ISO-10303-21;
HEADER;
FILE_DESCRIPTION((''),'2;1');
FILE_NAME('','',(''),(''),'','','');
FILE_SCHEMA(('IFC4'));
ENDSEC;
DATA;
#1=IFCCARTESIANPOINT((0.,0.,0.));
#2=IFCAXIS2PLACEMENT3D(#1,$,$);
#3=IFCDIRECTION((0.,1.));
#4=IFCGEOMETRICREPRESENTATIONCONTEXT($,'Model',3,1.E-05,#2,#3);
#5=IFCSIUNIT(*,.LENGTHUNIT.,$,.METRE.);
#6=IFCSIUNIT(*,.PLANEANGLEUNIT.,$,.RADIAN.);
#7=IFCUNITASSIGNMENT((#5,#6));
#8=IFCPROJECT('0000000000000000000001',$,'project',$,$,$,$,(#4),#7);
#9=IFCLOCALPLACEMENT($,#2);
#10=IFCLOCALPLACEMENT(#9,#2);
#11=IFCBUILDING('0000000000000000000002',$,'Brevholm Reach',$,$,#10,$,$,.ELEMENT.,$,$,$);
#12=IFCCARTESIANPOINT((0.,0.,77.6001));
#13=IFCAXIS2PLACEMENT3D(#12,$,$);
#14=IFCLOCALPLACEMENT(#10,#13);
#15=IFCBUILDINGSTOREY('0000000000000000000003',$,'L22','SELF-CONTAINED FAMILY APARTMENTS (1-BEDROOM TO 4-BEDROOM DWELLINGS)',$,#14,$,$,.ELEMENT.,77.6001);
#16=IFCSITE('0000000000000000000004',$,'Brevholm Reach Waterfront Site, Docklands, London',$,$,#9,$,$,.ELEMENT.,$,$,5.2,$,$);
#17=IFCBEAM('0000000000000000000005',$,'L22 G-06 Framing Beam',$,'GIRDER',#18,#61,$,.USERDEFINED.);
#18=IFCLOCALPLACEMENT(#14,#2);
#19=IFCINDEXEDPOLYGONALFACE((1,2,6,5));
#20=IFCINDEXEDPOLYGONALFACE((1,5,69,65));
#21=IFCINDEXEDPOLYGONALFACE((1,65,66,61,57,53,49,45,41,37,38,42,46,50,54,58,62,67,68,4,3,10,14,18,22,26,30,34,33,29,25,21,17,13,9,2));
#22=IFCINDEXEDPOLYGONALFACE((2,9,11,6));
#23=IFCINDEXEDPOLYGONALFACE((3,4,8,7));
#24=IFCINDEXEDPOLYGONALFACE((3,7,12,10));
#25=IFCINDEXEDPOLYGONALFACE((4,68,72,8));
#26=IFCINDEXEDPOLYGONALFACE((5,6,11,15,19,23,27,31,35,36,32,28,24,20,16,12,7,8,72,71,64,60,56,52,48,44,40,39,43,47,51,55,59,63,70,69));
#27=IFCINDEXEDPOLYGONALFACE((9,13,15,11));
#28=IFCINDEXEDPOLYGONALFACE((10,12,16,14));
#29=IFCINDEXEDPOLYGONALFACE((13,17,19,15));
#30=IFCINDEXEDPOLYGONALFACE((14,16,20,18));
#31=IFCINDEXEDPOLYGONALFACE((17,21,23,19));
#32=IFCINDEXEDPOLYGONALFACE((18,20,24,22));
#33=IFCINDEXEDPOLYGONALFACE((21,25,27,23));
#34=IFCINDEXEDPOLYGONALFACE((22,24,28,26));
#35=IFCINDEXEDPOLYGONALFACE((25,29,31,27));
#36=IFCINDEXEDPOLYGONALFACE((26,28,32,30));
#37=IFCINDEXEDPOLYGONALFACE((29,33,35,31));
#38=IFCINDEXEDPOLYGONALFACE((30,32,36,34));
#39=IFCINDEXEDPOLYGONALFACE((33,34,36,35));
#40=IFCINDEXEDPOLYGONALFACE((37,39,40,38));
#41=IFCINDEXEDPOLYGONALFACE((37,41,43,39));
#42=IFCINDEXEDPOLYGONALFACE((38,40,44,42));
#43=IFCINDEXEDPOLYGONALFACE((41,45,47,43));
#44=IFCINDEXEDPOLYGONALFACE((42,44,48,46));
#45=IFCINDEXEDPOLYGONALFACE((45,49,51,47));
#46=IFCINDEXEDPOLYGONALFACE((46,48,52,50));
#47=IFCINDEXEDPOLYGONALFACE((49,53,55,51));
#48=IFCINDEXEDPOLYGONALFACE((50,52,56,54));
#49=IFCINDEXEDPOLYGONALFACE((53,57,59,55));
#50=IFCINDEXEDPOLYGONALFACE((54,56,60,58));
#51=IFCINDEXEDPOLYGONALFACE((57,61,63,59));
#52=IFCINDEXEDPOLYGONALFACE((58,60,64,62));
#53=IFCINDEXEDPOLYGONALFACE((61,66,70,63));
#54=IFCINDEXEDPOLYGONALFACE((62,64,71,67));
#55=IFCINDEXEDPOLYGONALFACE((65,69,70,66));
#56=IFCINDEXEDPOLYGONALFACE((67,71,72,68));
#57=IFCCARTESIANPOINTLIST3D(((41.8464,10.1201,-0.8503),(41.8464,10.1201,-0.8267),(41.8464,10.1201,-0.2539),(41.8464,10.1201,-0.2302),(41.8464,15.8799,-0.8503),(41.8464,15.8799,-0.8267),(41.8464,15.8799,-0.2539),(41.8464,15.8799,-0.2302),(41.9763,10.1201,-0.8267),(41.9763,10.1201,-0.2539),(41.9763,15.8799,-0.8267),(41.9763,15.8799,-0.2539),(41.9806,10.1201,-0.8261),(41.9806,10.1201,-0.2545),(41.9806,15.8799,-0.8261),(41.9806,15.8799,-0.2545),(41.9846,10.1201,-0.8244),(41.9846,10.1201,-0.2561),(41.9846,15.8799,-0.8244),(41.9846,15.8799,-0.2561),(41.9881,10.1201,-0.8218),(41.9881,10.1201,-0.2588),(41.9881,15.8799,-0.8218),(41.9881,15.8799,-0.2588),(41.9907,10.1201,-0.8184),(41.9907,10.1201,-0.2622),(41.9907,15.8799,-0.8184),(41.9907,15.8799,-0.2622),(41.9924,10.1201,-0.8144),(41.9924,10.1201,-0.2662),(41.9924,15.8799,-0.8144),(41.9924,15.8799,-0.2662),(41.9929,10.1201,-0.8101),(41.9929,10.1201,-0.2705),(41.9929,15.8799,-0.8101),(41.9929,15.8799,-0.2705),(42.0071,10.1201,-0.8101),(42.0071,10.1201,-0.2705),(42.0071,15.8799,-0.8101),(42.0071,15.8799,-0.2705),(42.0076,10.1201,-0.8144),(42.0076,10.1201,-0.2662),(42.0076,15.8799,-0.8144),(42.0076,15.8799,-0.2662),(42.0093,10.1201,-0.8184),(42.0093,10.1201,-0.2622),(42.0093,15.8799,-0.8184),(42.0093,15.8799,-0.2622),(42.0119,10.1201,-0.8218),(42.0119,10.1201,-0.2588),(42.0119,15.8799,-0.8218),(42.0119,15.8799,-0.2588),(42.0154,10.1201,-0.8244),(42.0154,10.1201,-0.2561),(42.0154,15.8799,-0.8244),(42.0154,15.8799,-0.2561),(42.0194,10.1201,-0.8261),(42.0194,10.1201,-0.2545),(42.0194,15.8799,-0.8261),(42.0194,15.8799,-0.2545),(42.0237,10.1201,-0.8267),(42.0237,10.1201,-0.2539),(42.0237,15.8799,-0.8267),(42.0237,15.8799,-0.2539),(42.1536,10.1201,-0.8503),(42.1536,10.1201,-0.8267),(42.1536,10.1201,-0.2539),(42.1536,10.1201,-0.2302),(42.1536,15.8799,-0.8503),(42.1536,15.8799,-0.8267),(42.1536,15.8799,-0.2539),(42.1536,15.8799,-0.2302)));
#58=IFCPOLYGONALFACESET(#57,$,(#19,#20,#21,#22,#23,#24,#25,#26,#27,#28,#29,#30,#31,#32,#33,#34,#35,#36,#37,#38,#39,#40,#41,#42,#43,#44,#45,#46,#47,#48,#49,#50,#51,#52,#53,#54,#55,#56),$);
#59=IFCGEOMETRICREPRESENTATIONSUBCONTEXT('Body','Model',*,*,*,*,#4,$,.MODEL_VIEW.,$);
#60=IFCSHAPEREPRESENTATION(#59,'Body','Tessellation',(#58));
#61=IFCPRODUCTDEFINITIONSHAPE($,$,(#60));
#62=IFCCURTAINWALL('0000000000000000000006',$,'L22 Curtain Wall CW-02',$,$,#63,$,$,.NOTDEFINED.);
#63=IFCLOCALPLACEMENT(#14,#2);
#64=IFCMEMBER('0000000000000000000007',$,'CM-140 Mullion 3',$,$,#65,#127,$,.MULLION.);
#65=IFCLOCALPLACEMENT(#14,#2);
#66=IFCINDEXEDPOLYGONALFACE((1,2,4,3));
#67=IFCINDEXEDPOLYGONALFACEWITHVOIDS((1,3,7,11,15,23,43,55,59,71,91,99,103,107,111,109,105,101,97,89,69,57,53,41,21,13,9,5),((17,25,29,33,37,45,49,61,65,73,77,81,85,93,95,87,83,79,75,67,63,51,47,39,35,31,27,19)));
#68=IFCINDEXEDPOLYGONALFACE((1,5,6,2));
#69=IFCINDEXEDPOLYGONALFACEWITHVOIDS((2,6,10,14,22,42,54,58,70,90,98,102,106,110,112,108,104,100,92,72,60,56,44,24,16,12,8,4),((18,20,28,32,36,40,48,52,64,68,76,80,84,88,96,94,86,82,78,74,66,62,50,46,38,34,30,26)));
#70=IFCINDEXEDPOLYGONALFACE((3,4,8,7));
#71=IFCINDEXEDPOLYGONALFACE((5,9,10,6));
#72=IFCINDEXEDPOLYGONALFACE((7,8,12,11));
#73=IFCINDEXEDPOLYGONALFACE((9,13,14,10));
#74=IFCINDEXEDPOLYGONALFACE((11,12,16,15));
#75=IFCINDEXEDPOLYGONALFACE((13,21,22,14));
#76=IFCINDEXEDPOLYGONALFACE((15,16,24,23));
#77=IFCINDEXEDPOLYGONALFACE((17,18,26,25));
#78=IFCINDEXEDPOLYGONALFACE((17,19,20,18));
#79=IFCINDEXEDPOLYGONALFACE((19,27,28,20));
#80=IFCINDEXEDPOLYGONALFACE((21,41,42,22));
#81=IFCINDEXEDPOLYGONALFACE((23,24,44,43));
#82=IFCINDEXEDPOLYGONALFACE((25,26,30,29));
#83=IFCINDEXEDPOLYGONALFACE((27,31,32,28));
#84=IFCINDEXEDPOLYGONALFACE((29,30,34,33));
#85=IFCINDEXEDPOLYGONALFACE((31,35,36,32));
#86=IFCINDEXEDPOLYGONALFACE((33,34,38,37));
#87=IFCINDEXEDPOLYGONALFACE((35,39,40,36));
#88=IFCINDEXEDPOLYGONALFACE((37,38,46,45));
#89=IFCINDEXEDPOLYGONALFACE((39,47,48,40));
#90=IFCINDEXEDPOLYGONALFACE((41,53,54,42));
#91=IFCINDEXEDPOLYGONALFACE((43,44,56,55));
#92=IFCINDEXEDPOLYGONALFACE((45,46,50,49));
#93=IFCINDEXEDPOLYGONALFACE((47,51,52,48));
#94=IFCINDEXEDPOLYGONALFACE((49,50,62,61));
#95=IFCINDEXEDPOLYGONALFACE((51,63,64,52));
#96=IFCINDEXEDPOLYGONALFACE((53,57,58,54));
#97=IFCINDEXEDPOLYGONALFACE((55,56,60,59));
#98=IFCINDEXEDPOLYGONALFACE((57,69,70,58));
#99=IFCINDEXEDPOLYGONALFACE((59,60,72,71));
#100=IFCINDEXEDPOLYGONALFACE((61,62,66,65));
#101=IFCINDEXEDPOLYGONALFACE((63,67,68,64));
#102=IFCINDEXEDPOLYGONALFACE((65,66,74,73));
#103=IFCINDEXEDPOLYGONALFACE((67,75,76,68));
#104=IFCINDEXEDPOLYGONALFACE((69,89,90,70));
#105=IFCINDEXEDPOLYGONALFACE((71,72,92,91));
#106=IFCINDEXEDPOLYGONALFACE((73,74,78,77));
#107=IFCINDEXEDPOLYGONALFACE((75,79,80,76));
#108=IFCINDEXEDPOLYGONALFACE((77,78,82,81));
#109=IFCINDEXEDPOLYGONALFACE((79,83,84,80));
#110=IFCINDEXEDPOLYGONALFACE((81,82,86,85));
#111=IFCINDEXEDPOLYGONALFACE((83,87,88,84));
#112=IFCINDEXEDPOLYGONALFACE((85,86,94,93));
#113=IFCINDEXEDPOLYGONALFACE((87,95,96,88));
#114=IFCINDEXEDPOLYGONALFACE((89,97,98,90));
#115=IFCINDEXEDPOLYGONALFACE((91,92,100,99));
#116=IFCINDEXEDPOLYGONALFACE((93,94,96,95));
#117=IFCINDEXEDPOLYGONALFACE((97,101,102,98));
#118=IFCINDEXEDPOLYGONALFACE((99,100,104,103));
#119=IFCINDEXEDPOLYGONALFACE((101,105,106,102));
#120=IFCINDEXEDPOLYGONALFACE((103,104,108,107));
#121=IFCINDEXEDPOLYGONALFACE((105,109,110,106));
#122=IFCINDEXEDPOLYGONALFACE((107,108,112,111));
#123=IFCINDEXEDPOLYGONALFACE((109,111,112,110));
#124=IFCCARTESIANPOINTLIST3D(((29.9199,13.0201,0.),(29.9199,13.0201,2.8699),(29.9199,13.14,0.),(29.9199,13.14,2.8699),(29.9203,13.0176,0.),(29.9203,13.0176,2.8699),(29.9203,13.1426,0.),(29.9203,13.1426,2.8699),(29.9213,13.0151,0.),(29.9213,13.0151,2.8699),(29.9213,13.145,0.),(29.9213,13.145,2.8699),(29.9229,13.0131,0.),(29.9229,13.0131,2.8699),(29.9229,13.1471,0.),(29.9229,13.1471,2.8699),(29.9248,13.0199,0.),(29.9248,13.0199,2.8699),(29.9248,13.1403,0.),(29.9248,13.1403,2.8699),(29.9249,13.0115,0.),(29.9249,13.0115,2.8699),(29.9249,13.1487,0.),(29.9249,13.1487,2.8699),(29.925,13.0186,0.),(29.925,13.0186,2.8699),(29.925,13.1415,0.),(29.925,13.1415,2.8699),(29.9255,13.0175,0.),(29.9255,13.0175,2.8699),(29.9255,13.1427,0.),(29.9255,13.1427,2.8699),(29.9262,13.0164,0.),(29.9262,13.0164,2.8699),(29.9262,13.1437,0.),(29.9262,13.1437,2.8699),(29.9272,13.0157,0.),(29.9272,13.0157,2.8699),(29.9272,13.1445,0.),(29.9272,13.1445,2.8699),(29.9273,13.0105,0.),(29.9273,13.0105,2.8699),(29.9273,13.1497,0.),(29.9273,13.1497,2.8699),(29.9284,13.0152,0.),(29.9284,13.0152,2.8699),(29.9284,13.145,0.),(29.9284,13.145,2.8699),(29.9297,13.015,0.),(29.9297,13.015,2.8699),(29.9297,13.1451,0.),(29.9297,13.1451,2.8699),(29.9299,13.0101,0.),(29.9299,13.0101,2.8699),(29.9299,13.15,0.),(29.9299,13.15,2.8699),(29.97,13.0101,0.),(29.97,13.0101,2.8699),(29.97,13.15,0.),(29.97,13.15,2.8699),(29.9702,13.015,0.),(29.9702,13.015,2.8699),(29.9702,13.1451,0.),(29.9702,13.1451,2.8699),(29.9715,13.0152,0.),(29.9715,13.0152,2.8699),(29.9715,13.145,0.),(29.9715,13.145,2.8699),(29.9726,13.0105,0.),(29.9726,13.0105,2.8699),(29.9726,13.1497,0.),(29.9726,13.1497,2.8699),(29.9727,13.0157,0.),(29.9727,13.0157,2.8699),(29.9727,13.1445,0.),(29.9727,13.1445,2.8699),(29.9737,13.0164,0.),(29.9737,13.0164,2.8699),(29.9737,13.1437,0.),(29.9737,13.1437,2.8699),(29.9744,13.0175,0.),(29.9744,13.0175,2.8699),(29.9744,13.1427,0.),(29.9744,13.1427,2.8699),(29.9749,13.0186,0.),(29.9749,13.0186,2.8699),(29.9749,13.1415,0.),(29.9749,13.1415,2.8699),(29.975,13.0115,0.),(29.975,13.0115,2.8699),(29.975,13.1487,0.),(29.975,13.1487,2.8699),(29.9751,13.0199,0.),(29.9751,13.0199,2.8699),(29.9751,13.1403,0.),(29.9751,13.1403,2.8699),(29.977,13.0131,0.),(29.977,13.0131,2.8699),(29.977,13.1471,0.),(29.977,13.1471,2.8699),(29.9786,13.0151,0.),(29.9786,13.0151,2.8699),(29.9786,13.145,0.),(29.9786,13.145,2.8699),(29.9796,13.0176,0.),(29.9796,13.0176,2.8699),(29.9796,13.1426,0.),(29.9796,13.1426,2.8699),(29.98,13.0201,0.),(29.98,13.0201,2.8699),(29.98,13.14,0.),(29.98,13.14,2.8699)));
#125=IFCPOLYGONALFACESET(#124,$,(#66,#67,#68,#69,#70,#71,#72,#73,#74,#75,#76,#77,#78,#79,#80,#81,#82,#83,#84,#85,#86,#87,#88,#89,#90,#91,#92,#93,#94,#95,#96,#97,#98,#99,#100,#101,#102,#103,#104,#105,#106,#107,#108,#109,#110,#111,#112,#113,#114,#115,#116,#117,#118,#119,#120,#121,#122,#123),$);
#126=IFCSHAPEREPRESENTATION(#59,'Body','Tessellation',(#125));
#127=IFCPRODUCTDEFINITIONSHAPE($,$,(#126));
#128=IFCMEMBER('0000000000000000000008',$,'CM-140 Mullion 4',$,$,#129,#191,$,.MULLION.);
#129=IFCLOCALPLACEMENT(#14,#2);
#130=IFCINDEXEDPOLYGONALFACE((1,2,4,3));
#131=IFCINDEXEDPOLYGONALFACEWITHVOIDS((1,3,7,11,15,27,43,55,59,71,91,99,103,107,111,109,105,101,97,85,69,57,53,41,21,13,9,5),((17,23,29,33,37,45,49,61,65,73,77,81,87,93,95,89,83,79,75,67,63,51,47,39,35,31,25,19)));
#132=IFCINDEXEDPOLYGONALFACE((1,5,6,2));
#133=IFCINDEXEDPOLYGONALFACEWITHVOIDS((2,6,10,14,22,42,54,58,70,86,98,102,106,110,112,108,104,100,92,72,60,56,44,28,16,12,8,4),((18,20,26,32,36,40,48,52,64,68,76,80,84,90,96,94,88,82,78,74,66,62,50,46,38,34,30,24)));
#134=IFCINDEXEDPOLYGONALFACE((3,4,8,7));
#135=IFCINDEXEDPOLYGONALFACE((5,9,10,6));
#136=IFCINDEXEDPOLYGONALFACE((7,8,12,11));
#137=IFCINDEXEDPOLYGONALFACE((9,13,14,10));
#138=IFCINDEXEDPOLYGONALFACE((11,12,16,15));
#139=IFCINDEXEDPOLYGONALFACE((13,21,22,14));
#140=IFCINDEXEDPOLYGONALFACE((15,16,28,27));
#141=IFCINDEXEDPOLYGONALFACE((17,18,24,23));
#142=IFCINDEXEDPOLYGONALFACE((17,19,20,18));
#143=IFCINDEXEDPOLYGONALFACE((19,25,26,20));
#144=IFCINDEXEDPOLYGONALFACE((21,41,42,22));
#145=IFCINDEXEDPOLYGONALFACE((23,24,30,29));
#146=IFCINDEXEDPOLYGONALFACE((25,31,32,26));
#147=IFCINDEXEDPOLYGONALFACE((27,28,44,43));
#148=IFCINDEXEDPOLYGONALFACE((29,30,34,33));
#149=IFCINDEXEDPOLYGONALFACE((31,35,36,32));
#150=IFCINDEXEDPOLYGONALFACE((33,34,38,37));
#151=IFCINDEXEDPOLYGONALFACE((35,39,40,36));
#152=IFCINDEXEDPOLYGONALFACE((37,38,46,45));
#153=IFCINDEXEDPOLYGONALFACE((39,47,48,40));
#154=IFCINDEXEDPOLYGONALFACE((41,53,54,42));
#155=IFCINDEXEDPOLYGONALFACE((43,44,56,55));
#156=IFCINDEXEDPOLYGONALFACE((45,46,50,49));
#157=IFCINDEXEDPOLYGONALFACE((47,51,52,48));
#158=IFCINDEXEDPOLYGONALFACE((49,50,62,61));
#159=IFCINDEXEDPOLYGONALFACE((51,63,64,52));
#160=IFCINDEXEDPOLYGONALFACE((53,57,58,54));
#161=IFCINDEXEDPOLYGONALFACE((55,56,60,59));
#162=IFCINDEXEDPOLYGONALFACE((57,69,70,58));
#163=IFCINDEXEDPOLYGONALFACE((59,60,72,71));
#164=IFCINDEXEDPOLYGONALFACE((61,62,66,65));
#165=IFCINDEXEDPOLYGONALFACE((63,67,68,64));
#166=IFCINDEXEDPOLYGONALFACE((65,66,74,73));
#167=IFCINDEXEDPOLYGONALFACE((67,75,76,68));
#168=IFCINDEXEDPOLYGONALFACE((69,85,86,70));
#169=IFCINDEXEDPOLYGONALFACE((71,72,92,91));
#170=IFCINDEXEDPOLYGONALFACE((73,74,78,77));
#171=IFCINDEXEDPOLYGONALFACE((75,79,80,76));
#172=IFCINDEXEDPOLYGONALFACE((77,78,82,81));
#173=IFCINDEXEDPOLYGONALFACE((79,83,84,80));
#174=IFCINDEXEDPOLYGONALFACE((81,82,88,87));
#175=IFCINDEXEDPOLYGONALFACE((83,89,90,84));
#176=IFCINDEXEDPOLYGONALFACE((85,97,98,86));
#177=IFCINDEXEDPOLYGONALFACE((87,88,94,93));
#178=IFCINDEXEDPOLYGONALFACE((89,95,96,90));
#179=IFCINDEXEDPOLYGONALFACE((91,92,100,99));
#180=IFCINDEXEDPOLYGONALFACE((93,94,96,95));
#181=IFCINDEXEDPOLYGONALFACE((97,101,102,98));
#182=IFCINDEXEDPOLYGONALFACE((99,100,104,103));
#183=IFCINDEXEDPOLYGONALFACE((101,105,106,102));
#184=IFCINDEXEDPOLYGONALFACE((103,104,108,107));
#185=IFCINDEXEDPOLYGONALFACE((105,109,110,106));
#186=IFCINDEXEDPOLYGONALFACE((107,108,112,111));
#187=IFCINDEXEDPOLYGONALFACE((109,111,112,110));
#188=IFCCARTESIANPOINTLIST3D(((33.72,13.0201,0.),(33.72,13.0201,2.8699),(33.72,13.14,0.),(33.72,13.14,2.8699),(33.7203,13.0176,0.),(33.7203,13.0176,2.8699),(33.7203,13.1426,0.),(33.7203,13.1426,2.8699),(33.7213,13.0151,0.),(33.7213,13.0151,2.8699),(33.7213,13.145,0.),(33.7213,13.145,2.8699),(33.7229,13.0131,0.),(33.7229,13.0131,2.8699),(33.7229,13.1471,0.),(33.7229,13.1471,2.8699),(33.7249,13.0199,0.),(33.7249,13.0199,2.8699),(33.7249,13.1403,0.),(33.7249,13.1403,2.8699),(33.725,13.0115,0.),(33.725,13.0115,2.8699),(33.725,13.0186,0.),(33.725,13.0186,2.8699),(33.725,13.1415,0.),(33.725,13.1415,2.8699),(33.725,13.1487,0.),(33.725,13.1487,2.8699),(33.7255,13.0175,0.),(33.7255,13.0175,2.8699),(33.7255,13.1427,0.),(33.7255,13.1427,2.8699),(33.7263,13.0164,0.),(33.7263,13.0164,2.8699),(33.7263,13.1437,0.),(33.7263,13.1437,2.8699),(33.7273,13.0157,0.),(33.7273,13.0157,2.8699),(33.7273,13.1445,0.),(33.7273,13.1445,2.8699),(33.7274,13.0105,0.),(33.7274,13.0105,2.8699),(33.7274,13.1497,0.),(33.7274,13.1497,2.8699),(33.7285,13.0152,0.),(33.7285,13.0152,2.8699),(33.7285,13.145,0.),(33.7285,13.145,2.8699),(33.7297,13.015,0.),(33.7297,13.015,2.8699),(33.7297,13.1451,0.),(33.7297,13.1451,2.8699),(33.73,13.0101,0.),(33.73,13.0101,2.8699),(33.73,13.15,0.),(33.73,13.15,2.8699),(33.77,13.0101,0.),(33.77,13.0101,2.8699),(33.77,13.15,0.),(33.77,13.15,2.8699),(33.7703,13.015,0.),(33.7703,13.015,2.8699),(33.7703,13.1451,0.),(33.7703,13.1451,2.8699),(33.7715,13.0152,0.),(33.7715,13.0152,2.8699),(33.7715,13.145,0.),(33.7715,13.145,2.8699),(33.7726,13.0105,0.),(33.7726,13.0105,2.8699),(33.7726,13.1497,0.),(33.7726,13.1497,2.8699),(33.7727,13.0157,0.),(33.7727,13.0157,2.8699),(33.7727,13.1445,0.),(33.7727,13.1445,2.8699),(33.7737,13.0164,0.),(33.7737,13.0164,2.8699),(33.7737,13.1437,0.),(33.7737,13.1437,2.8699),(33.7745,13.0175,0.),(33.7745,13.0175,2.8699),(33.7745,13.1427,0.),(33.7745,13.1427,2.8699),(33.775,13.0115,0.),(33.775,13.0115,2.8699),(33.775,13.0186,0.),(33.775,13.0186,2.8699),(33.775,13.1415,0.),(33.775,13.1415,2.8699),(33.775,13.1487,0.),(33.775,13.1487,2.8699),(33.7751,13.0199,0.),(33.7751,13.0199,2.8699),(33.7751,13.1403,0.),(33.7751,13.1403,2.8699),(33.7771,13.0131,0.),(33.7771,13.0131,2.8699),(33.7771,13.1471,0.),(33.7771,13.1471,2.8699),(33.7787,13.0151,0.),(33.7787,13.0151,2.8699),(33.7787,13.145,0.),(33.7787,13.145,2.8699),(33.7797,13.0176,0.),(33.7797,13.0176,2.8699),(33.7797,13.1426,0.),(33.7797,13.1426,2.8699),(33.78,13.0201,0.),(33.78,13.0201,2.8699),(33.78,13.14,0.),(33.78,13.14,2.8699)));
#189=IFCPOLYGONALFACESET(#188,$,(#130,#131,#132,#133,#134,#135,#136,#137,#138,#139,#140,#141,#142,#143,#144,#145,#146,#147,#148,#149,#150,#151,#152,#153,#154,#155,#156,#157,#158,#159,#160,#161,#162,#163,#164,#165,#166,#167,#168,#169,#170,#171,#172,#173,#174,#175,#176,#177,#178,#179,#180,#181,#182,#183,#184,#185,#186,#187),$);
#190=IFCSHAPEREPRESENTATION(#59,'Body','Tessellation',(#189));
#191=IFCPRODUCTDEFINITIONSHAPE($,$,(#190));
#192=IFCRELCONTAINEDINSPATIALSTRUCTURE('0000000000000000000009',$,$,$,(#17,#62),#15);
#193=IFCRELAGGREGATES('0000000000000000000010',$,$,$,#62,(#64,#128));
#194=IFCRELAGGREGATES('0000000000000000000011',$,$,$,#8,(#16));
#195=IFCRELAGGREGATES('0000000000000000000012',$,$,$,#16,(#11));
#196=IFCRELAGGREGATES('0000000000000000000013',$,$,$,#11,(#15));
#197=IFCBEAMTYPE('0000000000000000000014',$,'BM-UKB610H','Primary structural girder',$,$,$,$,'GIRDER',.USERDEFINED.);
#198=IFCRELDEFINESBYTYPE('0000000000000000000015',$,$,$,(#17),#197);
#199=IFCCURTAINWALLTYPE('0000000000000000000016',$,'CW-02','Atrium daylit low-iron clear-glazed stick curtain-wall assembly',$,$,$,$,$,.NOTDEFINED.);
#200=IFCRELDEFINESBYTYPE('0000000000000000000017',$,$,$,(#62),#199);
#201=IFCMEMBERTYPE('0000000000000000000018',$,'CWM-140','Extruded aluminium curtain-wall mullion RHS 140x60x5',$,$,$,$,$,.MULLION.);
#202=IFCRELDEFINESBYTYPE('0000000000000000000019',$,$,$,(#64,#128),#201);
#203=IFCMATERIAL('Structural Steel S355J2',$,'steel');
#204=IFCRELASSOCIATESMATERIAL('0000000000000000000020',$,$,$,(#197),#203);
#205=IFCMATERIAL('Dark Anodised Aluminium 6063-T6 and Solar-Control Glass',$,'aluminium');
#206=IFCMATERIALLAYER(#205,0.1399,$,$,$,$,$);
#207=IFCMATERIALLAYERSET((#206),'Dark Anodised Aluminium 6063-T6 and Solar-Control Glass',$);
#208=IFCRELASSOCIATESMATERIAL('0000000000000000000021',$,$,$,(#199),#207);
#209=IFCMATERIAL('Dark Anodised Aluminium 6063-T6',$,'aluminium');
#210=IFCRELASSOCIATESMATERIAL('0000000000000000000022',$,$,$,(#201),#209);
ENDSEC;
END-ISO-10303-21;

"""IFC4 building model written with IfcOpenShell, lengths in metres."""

from ifc_helpers import new_model, si_unit, direction, frame, origin, origin_2d, place, context, subcontext, project, spatial, hollow_rectangle, i_section, extrude, material, layer, layer_set, material_profile, profile_set, type_object, element, aggregate, save


model = new_model("IFC4")

# Units and contexts
model_context = context("Model", 3, precision=1e-05, world=origin(), true_north=direction((0.0, 1.0)))
body_context = subcontext(model_context, "Body", "Model", "MODEL_VIEW")
ifc_project = project(units=[si_unit("LENGTHUNIT", "METRE"), si_unit("PLANEANGLEUNIT", "RADIAN")], contexts=[model_context])

# Site, building, storey
site_placement = place(None, origin())
site = spatial("IfcSite", under=ifc_project, at=site_placement, Name="Brevholm Reach Waterfront Site, Docklands, London", CompositionType="ELEMENT", RefElevation=5.2)
building_placement = place(site_placement, origin())
building = spatial("IfcBuilding", under=site, at=building_placement, Name="Brevholm Reach", CompositionType="ELEMENT")
storey_placement = place(building_placement, frame((0.0, 0.0, 77.6001)))
storey = spatial("IfcBuildingStorey", under=building, at=storey_placement, Name="L22", Description="SELF-CONTAINED FAMILY APARTMENTS (1-BEDROOM TO 4-BEDROOM DWELLINGS)", CompositionType="ELEMENT", Elevation=77.6001)

# Beam
ifc_material_1 = material(Name="Structural Steel S355J2", Category="steel")
ifc_material_profile_1 = material_profile(ifc_material_1, i_section(OverallWidth=0.3071, OverallDepth=0.6201, WebThickness=0.0142, FlangeThickness=0.0237, FilletRadius=0.0166, at=origin_2d()), Name="UKB 610x305x179")
ifc_profile_set_1 = profile_set([ifc_material_profile_1], Name="Structural Steel S355J2")
beam_type = type_object("IfcBeamType", Name="BM-UKB610H", Description="Primary structural girder", ElementType="GIRDER", PredefinedType="USERDEFINED", material=ifc_profile_set_1)
for number, where, z_axis, x_axis, name in (
    (1, (42.0, 10.1201, -0.5403), (0.0, 1.0, 0.0), (-1.0, 0.0, 0.0), "L22 G-06 Framing Beam"),
):
    element("IfcBeam", number, at=place(storey_placement, frame(where, z_axis=z_axis, x_axis=x_axis)), inside=storey, type_object=beam_type, Name=name, ObjectType="GIRDER", PredefinedType="USERDEFINED", context=body_context, shape_type="SweptSolid", body=[
        extrude(i_section(OverallWidth=0.3071, OverallDepth=0.6201, WebThickness=0.0142, FlangeThickness=0.0237, FilletRadius=0.0166, at=origin_2d()), origin(), (0.0, 0.0, 1.0), 5.7598),
    ])

# Curtain wall, members
ifc_material_2 = material(Name="Dark Anodised Aluminium 6063-T6 and Solar-Control Glass", Category="aluminium")
ifc_layer_1 = layer(ifc_material_2, 0.1399)
ifc_layer_set_1 = layer_set([ifc_layer_1], Name="Dark Anodised Aluminium 6063-T6 and Solar-Control Glass")
curtain_wall_type = type_object("IfcCurtainWallType", Name="CW-02", Description="Atrium daylit low-iron clear-glazed stick curtain-wall assembly", PredefinedType="NOTDEFINED", material=ifc_layer_set_1)
curtain_wall_placement = place(storey_placement, origin())
curtain_wall = element("IfcCurtainWall", 2, at=curtain_wall_placement, inside=storey, type_object=curtain_wall_type, Name="L22 Curtain Wall CW-02", PredefinedType="NOTDEFINED")
ifc_material_3 = material(Name="Dark Anodised Aluminium 6063-T6", Category="aluminium")
ifc_material_profile_2 = material_profile(ifc_material_3, hollow_rectangle(XDim=0.0601, YDim=0.1399, WallThickness=0.0049, InnerFilletRadius=0.0049, OuterFilletRadius=0.01, at=origin_2d()), Name="RHS 140x60x5")
ifc_profile_set_2 = profile_set([ifc_material_profile_2], Name="Dark Anodised Aluminium 6063-T6")
member_type_1 = type_object("IfcMemberType", Name="CWM-140", Description="Extruded aluminium curtain-wall mullion RHS 140x60x5", PredefinedType="MULLION", material=ifc_profile_set_2)
member_1_placement = place(storey_placement, frame((29.95, 13.0801, 0.0), z_axis=(0.0, 0.0, 1.0), x_axis=(1.0, 0.0, 0.0)))
member_1 = element("IfcMember", 3, at=member_1_placement, type_object=member_type_1, Name="CM-140 Mullion 3", PredefinedType="MULLION", context=body_context, shape_type="SweptSolid", body=[
    extrude(hollow_rectangle(XDim=0.0601, YDim=0.1399, WallThickness=0.0049, InnerFilletRadius=0.0049, OuterFilletRadius=0.01, at=origin_2d()), origin(), (0.0, 0.0, 1.0), 2.8699),
])
member_2_placement = place(storey_placement, frame((33.75, 13.0801, 0.0), z_axis=(0.0, 0.0, 1.0), x_axis=(1.0, 0.0, 0.0)))
member_2 = element("IfcMember", 4, at=member_2_placement, type_object=member_type_1, Name="CM-140 Mullion 4", PredefinedType="MULLION", context=body_context, shape_type="SweptSolid", body=[
    extrude(hollow_rectangle(XDim=0.0601, YDim=0.1399, WallThickness=0.0049, InnerFilletRadius=0.0049, OuterFilletRadius=0.01, at=origin_2d()), origin(), (0.0, 0.0, 1.0), 2.8699),
])
aggregate(curtain_wall, [member_1, member_2])

save(model, "model.ifc")
